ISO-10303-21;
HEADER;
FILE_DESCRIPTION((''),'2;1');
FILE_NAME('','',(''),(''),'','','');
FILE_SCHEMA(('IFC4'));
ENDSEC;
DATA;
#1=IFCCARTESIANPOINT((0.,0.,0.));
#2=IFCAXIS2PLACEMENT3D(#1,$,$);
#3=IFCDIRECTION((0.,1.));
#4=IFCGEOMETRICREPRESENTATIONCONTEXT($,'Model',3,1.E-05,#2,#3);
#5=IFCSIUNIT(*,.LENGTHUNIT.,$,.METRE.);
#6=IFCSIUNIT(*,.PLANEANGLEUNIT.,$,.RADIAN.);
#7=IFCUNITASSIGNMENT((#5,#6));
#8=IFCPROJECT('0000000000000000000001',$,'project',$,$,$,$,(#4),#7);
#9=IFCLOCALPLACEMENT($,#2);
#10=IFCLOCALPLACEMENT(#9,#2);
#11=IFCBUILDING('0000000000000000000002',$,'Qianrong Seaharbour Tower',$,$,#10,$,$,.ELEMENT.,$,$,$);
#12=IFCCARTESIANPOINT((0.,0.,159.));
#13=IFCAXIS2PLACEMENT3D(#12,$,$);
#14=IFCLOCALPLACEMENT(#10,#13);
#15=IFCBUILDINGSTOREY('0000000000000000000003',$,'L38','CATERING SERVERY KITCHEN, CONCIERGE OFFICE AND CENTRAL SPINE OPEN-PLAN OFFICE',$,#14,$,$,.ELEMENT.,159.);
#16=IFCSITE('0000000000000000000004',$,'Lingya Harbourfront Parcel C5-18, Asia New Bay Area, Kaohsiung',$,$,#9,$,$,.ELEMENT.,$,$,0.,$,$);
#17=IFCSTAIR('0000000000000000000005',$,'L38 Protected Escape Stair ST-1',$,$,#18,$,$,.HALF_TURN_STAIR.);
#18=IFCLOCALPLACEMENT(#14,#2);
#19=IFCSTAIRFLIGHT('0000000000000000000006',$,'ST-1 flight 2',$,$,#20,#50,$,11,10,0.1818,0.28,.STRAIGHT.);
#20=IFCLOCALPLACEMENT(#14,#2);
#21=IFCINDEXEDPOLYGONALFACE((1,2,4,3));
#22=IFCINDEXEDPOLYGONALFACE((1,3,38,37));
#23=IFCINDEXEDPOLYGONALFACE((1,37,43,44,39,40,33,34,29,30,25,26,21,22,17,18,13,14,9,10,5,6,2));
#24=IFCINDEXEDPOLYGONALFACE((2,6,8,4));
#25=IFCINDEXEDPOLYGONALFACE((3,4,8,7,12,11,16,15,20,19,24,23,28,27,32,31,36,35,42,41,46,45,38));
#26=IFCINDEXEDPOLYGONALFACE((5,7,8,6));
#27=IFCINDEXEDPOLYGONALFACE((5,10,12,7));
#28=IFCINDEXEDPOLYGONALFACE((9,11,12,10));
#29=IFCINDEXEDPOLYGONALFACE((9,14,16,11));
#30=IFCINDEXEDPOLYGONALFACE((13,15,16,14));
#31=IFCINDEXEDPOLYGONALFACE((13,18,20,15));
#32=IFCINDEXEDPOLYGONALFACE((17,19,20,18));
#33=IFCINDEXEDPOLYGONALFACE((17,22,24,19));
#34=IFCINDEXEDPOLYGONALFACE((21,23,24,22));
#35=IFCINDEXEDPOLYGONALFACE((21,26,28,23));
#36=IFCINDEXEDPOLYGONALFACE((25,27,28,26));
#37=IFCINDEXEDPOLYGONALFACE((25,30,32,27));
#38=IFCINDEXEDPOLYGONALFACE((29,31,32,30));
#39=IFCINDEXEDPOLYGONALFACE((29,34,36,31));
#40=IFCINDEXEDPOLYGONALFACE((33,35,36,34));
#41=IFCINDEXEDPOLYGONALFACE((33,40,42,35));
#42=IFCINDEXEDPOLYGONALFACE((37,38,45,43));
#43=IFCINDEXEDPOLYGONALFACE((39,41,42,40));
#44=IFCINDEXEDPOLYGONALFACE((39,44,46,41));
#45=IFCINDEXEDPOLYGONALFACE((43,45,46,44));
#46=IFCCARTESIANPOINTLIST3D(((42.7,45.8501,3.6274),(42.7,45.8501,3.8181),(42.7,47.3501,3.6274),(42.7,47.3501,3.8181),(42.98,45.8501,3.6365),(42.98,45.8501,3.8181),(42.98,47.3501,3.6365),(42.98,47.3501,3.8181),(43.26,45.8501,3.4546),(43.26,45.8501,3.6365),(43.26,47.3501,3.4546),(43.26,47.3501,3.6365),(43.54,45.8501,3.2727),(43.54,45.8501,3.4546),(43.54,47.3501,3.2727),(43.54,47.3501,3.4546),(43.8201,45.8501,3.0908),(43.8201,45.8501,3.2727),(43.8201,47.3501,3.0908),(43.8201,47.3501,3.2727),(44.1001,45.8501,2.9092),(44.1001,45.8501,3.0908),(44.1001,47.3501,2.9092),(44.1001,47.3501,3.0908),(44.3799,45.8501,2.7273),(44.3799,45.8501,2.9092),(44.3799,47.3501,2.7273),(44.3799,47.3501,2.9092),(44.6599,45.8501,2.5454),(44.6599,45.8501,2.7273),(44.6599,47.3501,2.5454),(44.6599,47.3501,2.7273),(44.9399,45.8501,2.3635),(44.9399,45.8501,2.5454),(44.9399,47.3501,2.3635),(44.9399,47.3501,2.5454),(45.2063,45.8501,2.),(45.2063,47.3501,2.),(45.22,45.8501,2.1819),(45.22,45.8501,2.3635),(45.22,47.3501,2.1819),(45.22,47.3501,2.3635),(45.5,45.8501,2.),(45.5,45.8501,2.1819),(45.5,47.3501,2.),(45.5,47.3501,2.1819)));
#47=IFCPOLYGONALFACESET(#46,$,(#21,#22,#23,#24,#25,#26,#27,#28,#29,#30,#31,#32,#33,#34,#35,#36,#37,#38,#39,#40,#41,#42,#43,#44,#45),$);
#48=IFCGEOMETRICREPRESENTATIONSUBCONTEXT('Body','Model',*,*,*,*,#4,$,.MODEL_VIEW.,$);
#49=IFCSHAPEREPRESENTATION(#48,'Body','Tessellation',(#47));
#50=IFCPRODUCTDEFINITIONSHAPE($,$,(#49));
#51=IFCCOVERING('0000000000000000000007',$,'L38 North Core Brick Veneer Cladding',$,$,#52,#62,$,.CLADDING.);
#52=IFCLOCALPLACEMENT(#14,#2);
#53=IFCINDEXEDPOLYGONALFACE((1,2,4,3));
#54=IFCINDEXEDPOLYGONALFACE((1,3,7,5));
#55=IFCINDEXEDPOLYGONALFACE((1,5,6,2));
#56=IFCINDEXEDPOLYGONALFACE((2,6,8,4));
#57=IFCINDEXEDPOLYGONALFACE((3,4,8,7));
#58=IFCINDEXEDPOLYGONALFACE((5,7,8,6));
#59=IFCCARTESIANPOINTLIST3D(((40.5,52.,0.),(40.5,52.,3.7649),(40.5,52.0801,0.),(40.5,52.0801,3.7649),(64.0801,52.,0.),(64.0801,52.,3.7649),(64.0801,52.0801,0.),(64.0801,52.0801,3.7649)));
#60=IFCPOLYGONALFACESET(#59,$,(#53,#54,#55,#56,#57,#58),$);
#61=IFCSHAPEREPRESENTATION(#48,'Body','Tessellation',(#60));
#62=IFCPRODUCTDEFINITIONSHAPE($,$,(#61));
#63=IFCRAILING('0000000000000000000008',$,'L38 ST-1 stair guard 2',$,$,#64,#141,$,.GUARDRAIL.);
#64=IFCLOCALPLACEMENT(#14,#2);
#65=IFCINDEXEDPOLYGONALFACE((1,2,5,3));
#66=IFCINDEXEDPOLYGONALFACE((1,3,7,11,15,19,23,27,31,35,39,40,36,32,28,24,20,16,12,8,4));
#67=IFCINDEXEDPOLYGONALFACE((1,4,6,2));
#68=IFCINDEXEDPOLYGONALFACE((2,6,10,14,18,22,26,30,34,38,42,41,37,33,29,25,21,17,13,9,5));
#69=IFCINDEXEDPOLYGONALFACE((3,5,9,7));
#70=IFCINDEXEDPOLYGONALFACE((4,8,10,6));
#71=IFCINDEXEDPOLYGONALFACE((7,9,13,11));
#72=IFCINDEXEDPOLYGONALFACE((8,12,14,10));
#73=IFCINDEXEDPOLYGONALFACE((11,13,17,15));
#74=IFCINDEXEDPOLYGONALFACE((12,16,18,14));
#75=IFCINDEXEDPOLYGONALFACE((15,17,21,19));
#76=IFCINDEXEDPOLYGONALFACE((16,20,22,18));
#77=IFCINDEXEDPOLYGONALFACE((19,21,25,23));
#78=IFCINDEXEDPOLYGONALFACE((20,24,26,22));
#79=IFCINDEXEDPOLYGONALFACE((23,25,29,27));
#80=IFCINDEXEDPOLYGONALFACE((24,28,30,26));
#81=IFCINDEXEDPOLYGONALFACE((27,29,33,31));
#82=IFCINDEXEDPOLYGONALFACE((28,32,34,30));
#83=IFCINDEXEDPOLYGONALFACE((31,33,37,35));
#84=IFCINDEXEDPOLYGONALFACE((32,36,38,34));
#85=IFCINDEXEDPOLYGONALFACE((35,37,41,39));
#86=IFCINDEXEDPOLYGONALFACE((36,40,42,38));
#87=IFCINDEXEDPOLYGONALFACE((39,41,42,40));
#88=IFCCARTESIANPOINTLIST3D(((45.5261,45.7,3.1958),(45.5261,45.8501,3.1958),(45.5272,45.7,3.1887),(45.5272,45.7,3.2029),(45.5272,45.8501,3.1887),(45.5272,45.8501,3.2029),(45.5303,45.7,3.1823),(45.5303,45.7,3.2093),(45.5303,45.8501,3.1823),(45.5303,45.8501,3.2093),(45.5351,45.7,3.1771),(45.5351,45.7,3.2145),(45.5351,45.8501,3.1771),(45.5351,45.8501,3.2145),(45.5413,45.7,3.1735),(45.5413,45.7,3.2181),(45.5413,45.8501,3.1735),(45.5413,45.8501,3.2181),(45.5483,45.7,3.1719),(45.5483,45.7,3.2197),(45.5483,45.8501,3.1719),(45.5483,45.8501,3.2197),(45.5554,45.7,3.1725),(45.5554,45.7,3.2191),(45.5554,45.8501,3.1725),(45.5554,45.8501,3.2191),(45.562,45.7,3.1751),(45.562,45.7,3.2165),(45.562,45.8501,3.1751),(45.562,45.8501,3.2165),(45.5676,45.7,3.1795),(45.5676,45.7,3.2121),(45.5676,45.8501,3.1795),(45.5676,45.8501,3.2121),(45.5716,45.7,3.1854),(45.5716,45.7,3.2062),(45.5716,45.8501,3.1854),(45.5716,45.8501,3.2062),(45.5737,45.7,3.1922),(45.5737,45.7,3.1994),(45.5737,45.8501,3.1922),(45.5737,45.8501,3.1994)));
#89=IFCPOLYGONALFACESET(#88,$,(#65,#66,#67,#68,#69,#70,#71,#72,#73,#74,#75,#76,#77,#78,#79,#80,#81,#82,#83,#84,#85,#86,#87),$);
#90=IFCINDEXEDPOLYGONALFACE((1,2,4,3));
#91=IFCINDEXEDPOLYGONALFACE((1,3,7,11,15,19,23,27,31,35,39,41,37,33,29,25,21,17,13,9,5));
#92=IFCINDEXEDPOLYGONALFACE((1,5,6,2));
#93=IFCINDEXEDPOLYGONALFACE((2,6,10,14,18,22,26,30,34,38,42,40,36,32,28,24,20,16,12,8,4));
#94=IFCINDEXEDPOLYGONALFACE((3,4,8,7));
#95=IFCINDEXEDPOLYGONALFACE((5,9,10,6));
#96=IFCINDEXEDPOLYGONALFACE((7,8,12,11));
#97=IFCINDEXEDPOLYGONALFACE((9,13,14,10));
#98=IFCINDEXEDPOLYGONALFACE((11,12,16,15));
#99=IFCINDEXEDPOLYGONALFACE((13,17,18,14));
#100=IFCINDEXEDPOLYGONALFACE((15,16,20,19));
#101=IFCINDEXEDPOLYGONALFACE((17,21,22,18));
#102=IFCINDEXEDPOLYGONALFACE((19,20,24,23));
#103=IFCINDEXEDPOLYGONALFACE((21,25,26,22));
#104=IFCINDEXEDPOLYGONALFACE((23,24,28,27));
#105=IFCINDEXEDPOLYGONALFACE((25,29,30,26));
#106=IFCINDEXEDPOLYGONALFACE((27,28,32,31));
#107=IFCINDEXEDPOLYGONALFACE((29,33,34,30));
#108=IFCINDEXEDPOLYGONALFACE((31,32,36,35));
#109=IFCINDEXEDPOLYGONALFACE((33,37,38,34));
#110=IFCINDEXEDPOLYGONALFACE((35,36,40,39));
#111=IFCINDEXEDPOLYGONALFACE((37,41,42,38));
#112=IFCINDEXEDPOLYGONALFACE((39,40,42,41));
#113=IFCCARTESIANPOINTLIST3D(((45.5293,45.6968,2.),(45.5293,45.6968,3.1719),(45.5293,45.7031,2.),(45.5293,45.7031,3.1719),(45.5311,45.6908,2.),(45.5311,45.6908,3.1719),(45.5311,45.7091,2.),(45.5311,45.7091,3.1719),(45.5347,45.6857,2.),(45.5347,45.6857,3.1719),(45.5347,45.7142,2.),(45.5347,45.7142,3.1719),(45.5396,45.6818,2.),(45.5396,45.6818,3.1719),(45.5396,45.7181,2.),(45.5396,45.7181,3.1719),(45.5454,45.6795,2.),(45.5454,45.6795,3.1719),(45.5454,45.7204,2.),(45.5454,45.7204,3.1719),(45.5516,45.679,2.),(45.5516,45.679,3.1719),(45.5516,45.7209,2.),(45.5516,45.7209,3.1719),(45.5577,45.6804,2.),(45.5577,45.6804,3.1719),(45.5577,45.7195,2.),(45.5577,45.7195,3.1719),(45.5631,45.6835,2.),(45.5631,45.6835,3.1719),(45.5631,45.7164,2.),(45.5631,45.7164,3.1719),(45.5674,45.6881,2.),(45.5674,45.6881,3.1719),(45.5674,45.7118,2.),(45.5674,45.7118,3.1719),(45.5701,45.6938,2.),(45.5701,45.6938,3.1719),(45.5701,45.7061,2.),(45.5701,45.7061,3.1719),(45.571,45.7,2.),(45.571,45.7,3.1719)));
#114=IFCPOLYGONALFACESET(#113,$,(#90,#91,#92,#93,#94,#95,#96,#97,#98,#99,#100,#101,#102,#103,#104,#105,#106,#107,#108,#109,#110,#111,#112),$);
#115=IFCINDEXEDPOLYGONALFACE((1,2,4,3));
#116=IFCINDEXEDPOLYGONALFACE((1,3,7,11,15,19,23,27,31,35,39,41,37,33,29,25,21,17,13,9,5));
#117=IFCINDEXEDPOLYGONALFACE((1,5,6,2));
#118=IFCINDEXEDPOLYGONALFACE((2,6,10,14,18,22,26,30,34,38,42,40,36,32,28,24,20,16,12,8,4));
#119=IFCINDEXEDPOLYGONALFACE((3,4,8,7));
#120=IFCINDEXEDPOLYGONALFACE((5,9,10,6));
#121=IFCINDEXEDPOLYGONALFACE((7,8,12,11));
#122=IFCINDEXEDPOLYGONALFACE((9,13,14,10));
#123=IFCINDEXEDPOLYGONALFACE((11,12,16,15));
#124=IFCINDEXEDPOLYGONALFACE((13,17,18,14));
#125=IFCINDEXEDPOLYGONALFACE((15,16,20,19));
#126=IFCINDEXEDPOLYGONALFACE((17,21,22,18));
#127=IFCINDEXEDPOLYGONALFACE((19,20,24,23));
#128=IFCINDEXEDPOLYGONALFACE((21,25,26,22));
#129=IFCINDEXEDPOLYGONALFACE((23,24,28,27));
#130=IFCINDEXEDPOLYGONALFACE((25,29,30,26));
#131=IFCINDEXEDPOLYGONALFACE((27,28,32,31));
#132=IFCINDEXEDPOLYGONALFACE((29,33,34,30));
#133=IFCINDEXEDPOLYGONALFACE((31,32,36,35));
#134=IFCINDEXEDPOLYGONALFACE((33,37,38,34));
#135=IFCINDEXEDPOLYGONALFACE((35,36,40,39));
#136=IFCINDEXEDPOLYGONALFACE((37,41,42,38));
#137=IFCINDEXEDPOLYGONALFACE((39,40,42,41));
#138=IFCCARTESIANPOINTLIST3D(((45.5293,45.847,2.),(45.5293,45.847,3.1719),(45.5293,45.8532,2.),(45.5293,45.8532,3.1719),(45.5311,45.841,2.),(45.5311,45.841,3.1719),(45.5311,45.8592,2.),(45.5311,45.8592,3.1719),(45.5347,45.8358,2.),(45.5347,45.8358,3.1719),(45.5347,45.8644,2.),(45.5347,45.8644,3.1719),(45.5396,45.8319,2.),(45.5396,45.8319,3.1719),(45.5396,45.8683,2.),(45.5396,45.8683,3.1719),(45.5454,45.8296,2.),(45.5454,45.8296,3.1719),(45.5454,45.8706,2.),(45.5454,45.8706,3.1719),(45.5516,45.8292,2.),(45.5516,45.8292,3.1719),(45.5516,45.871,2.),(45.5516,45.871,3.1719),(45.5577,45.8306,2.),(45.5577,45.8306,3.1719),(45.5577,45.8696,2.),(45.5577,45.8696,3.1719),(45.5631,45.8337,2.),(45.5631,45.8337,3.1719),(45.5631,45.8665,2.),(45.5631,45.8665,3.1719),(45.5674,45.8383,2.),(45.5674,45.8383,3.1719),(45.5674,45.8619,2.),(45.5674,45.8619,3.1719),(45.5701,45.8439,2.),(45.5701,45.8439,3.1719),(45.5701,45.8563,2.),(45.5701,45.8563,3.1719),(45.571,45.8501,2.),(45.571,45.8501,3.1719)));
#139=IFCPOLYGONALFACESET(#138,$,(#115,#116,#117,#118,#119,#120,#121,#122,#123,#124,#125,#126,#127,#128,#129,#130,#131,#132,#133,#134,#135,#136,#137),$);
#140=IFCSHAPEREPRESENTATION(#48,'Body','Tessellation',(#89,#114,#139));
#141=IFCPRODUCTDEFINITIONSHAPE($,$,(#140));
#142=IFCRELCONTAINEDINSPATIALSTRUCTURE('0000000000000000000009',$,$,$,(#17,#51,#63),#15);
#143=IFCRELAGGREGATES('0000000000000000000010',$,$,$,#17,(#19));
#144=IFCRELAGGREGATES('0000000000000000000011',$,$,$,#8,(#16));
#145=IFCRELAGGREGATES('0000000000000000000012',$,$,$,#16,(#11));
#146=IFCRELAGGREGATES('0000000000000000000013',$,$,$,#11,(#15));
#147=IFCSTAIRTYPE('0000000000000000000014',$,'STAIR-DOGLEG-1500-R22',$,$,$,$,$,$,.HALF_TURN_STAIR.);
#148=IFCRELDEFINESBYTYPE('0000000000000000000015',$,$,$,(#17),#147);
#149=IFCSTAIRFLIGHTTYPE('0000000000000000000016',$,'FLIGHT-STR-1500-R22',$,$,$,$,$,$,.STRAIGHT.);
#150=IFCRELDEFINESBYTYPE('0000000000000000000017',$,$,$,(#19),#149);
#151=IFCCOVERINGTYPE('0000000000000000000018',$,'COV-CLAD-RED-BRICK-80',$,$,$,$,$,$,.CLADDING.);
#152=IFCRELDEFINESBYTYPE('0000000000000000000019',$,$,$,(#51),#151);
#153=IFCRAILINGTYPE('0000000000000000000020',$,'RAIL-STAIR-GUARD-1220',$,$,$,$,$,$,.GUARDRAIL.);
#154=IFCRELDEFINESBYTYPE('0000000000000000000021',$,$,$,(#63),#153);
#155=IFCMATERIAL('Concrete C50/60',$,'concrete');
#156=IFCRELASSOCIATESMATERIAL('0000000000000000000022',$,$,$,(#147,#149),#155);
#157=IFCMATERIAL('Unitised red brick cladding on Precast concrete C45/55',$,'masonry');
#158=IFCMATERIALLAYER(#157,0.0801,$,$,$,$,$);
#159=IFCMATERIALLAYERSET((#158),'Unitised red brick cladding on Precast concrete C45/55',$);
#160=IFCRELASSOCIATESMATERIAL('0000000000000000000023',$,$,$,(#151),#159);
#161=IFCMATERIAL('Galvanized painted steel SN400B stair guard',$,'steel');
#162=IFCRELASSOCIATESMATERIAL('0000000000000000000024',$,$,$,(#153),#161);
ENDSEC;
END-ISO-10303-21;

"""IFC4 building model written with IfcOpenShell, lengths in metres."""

from ifc_helpers import new_model, si_unit, direction, frame, origin, origin_2d, place, context, subcontext, project, spatial, polyline, rectangle, circle, outline, extrude, material, layer, layer_set, type_object, element, aggregate, save


model = new_model("IFC4")

# Units and contexts
model_context = context("Model", 3, precision=1e-05, world=origin(), true_north=direction((0.0, 1.0)))
body_context = subcontext(model_context, "Body", "Model", "MODEL_VIEW")
ifc_project = project(units=[si_unit("LENGTHUNIT", "METRE"), si_unit("PLANEANGLEUNIT", "RADIAN")], contexts=[model_context])

# Site, building, storey
site_placement = place(None, origin())
site = spatial("IfcSite", under=ifc_project, at=site_placement, Name="Lingya Harbourfront Parcel C5-18, Asia New Bay Area, Kaohsiung", CompositionType="ELEMENT", RefElevation=0.0)
building_placement = place(site_placement, origin())
building = spatial("IfcBuilding", under=site, at=building_placement, Name="Qianrong Seaharbour Tower", CompositionType="ELEMENT")
storey_placement = place(building_placement, frame((0.0, 0.0, 159.0)))
storey = spatial("IfcBuildingStorey", under=building, at=storey_placement, Name="L38", Description="CATERING SERVERY KITCHEN, CONCIERGE OFFICE AND CENTRAL SPINE OPEN-PLAN OFFICE", CompositionType="ELEMENT", Elevation=159.0)

# Stair, stair flight
ifc_material_1 = material(Name="Concrete C50/60", Category="concrete")
stair_type = type_object("IfcStairType", Name="STAIR-DOGLEG-1500-R22", PredefinedType="HALF_TURN_STAIR", material=ifc_material_1)
stair_placement = place(storey_placement, origin())
stair = element("IfcStair", 1, at=stair_placement, inside=storey, type_object=stair_type, Name="L38 Protected Escape Stair ST-1", PredefinedType="HALF_TURN_STAIR")
stair_flight_type = type_object("IfcStairFlightType", Name="FLIGHT-STR-1500-R22", PredefinedType="STRAIGHT", material=ifc_material_1)
stair_flight_placement = place(storey_placement, frame((45.5, 46.6001, 2.0), z_axis=(0.0, 0.0, 1.0), x_axis=(-1.0, 0.0, 0.0)))
stair_flight = element("IfcStairFlight", 2, at=stair_flight_placement, type_object=stair_flight_type, Name="ST-1 flight 2", NumberOfRisers=11, NumberOfTreads=10, PredefinedType="STRAIGHT", RiserHeight=0.1818, TreadLength=0.28, context=body_context, shape_type="SweptSolid", body=[
    extrude(outline(polyline([(0.0, 0.0), (0.0, 0.1819), (0.28, 0.1819), (0.28, 0.3635), (0.5601, 0.3635), (0.5601, 0.5454), (0.8401, 0.5454), (0.8401, 0.7273), (1.1201, 0.7273), (1.1201, 0.9092), (1.3999, 0.9092), (1.3999, 1.0908), (1.6799, 1.0908), (1.6799, 1.2727), (1.96, 1.2727), (1.96, 1.4546), (2.24, 1.4546), (2.24, 1.6365), (2.52, 1.6365), (2.52, 1.8181), (2.8, 1.8181), (2.8, 2.0), (2.8, 1.6274), (0.2937, 0.0), (0.0, 0.0)])), frame((0.0, 0.75, 0.0), z_axis=(0.0, -1.0, 0.0), x_axis=(1.0, 0.0, 0.0)), (0.0, 0.0, 1.0), 1.5),
])
aggregate(stair, [stair_flight])

# Covering
ifc_material_2 = material(Name="Unitised red brick cladding on Precast concrete C45/55", Category="masonry")
ifc_layer_1 = layer(ifc_material_2, 0.0801)
ifc_layer_set_1 = layer_set([ifc_layer_1], Name="Unitised red brick cladding on Precast concrete C45/55")
covering_type = type_object("IfcCoveringType", Name="COV-CLAD-RED-BRICK-80", PredefinedType="CLADDING", material=ifc_layer_set_1)
covering_placement = place(storey_placement, frame((52.29, 52.04, 0.0), z_axis=(0.0, 0.0, 1.0), x_axis=(1.0, 0.0, 0.0)))
element("IfcCovering", 3, at=covering_placement, inside=storey, type_object=covering_type, Name="L38 North Core Brick Veneer Cladding", PredefinedType="CLADDING", context=body_context, shape_type="SweptSolid", body=[
    extrude(rectangle(XDim=23.5801, YDim=0.0801, at=origin_2d()), origin(), (0.0, 0.0, 1.0), 3.7649),
])

# Railing
ifc_material_3 = material(Name="Galvanized painted steel SN400B stair guard", Category="steel")
railing_type_1 = type_object("IfcRailingType", Name="RAIL-STAIR-GUARD-1220", PredefinedType="GUARDRAIL", material=ifc_material_3)
railing_1_placement = place(storey_placement, frame((45.55, 45.7, 2.0)))
element("IfcRailing", 4, at=railing_1_placement, inside=storey, type_object=railing_type_1, Name="L38 ST-1 stair guard 2", PredefinedType="GUARDRAIL", context=body_context, shape_type="SweptSolid", body=[
    extrude(circle(Radius=0.0239, at=origin_2d()), frame((0.0, 0.0, 1.1958), z_axis=(0.0, 1.0, 0.0), x_axis=(-1.0, 0.0, 0.0)), (0.0, 0.0, 1.0), 0.1501),
    extrude(circle(Radius=0.021, at=origin_2d()), origin(), (0.0, 0.0, 1.0), 1.1719),
    extrude(circle(Radius=0.021, at=origin_2d()), frame((0.0, 0.1501, 0.0)), (0.0, 0.0, 1.0), 1.1719),
])

save(model, "model.ifc")
